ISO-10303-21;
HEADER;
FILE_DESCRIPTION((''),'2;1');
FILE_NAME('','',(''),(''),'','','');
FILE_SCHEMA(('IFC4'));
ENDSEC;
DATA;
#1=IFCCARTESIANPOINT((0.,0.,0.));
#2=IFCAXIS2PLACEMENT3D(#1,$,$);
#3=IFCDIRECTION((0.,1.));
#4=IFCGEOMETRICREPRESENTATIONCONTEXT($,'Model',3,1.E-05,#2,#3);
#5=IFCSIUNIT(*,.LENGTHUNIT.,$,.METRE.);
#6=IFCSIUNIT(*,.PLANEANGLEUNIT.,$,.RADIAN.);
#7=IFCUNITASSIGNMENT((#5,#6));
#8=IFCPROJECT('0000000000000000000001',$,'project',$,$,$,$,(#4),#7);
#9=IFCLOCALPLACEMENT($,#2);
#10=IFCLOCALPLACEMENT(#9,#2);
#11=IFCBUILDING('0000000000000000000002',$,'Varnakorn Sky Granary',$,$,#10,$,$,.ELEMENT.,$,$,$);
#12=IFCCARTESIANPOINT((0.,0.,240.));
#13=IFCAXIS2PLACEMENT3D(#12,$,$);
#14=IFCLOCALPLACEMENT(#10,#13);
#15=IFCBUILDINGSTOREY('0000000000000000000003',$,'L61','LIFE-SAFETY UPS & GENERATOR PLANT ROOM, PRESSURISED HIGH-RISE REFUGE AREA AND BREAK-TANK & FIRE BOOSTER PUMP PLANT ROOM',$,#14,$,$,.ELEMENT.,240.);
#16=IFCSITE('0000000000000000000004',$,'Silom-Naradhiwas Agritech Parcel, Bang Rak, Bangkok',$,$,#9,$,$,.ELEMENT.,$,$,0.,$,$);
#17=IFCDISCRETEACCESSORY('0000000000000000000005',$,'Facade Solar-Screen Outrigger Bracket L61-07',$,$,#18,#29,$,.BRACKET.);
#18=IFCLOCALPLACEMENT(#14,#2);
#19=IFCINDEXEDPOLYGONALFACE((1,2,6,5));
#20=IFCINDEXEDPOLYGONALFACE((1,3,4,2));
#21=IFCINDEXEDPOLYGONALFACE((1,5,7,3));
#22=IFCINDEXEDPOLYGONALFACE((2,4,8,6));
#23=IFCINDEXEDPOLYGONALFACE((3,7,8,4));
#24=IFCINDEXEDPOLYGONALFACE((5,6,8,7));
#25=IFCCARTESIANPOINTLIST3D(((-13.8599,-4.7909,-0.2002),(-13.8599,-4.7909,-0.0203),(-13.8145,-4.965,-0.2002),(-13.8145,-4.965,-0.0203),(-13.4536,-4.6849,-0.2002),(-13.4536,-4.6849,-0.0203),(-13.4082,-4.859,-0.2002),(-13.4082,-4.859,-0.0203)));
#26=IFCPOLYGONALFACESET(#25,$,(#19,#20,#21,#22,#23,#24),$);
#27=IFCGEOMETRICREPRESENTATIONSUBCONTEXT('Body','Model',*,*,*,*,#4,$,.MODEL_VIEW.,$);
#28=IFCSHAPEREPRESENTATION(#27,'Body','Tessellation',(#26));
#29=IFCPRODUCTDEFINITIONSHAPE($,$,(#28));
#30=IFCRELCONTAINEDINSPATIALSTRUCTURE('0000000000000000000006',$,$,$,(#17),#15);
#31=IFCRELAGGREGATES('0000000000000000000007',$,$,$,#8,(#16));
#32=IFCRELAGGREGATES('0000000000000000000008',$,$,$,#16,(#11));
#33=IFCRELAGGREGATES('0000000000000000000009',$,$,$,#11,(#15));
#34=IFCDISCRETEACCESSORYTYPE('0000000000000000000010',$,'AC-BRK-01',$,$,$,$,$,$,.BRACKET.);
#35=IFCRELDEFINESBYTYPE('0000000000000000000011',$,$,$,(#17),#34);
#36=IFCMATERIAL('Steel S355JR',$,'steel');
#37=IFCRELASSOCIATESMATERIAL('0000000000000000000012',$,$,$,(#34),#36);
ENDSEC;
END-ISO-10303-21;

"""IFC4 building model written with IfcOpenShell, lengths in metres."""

from ifc_helpers import new_model, si_unit, direction, frame, origin, origin_2d, place, context, subcontext, project, spatial, rectangle, extrude, source, transform, mapped, material, type_object, type_shapes, element, save


model = new_model("IFC4")

# Units and contexts
model_context = context("Model", 3, precision=1e-05, world=origin(), true_north=direction((0.0, 1.0)))
body_context = subcontext(model_context, "Body", "Model", "MODEL_VIEW")
ifc_project = project(units=[si_unit("LENGTHUNIT", "METRE"), si_unit("PLANEANGLEUNIT", "RADIAN")], contexts=[model_context])

# Site, building, storey
site_placement = place(None, origin())
site = spatial("IfcSite", under=ifc_project, at=site_placement, Name="Silom-Naradhiwas Agritech Parcel, Bang Rak, Bangkok", CompositionType="ELEMENT", RefElevation=0.0)
building_placement = place(site_placement, origin())
building = spatial("IfcBuilding", under=site, at=building_placement, Name="Varnakorn Sky Granary", CompositionType="ELEMENT")
storey_placement = place(building_placement, frame((0.0, 0.0, 240.0)))
storey = spatial("IfcBuildingStorey", under=building, at=storey_placement, Name="L61", Description="LIFE-SAFETY UPS & GENERATOR PLANT ROOM, PRESSURISED HIGH-RISE REFUGE AREA AND BREAK-TANK & FIRE BOOSTER PUMP PLANT ROOM", CompositionType="ELEMENT", Elevation=240.0)

# Shared definitions
ifc_material_1 = material(Name="Steel S355JR", Category="steel")

# Discrete accessory
discrete_accessory_type = type_object("IfcDiscreteAccessoryType", Name="AC-BRK-01", PredefinedType="BRACKET", material=ifc_material_1)
shared_shape_1 = source(origin(), body_context, "Body", "SweptSolid", [
    extrude(rectangle(XDim=0.1799, YDim=0.4199, at=origin_2d()), origin(), (0.0, 0.0, 1.0), 0.1799),
])
type_shapes(discrete_accessory_type, [shared_shape_1])
discrete_accessory_placement = place(storey_placement, frame((-13.634, -4.825, -0.2002), z_axis=(0.0, 0.0, 1.0), x_axis=(0.252567, -0.967579, 0.0)))
element("IfcDiscreteAccessory", 1, at=discrete_accessory_placement, inside=storey, type_object=discrete_accessory_type, Name="Facade Solar-Screen Outrigger Bracket L61-07", PredefinedType="BRACKET", context=body_context, shape_type="MappedRepresentation", body=[
    mapped(shared_shape_1, transform((0.0, 0.0, 0.0), x_axis=(1.0, 0.0, 0.0), y_axis=(0.0, 1.0, 0.0), z_axis=(0.0, 0.0, 1.0), scale=1.0)),
])

save(model, "model.ifc")
